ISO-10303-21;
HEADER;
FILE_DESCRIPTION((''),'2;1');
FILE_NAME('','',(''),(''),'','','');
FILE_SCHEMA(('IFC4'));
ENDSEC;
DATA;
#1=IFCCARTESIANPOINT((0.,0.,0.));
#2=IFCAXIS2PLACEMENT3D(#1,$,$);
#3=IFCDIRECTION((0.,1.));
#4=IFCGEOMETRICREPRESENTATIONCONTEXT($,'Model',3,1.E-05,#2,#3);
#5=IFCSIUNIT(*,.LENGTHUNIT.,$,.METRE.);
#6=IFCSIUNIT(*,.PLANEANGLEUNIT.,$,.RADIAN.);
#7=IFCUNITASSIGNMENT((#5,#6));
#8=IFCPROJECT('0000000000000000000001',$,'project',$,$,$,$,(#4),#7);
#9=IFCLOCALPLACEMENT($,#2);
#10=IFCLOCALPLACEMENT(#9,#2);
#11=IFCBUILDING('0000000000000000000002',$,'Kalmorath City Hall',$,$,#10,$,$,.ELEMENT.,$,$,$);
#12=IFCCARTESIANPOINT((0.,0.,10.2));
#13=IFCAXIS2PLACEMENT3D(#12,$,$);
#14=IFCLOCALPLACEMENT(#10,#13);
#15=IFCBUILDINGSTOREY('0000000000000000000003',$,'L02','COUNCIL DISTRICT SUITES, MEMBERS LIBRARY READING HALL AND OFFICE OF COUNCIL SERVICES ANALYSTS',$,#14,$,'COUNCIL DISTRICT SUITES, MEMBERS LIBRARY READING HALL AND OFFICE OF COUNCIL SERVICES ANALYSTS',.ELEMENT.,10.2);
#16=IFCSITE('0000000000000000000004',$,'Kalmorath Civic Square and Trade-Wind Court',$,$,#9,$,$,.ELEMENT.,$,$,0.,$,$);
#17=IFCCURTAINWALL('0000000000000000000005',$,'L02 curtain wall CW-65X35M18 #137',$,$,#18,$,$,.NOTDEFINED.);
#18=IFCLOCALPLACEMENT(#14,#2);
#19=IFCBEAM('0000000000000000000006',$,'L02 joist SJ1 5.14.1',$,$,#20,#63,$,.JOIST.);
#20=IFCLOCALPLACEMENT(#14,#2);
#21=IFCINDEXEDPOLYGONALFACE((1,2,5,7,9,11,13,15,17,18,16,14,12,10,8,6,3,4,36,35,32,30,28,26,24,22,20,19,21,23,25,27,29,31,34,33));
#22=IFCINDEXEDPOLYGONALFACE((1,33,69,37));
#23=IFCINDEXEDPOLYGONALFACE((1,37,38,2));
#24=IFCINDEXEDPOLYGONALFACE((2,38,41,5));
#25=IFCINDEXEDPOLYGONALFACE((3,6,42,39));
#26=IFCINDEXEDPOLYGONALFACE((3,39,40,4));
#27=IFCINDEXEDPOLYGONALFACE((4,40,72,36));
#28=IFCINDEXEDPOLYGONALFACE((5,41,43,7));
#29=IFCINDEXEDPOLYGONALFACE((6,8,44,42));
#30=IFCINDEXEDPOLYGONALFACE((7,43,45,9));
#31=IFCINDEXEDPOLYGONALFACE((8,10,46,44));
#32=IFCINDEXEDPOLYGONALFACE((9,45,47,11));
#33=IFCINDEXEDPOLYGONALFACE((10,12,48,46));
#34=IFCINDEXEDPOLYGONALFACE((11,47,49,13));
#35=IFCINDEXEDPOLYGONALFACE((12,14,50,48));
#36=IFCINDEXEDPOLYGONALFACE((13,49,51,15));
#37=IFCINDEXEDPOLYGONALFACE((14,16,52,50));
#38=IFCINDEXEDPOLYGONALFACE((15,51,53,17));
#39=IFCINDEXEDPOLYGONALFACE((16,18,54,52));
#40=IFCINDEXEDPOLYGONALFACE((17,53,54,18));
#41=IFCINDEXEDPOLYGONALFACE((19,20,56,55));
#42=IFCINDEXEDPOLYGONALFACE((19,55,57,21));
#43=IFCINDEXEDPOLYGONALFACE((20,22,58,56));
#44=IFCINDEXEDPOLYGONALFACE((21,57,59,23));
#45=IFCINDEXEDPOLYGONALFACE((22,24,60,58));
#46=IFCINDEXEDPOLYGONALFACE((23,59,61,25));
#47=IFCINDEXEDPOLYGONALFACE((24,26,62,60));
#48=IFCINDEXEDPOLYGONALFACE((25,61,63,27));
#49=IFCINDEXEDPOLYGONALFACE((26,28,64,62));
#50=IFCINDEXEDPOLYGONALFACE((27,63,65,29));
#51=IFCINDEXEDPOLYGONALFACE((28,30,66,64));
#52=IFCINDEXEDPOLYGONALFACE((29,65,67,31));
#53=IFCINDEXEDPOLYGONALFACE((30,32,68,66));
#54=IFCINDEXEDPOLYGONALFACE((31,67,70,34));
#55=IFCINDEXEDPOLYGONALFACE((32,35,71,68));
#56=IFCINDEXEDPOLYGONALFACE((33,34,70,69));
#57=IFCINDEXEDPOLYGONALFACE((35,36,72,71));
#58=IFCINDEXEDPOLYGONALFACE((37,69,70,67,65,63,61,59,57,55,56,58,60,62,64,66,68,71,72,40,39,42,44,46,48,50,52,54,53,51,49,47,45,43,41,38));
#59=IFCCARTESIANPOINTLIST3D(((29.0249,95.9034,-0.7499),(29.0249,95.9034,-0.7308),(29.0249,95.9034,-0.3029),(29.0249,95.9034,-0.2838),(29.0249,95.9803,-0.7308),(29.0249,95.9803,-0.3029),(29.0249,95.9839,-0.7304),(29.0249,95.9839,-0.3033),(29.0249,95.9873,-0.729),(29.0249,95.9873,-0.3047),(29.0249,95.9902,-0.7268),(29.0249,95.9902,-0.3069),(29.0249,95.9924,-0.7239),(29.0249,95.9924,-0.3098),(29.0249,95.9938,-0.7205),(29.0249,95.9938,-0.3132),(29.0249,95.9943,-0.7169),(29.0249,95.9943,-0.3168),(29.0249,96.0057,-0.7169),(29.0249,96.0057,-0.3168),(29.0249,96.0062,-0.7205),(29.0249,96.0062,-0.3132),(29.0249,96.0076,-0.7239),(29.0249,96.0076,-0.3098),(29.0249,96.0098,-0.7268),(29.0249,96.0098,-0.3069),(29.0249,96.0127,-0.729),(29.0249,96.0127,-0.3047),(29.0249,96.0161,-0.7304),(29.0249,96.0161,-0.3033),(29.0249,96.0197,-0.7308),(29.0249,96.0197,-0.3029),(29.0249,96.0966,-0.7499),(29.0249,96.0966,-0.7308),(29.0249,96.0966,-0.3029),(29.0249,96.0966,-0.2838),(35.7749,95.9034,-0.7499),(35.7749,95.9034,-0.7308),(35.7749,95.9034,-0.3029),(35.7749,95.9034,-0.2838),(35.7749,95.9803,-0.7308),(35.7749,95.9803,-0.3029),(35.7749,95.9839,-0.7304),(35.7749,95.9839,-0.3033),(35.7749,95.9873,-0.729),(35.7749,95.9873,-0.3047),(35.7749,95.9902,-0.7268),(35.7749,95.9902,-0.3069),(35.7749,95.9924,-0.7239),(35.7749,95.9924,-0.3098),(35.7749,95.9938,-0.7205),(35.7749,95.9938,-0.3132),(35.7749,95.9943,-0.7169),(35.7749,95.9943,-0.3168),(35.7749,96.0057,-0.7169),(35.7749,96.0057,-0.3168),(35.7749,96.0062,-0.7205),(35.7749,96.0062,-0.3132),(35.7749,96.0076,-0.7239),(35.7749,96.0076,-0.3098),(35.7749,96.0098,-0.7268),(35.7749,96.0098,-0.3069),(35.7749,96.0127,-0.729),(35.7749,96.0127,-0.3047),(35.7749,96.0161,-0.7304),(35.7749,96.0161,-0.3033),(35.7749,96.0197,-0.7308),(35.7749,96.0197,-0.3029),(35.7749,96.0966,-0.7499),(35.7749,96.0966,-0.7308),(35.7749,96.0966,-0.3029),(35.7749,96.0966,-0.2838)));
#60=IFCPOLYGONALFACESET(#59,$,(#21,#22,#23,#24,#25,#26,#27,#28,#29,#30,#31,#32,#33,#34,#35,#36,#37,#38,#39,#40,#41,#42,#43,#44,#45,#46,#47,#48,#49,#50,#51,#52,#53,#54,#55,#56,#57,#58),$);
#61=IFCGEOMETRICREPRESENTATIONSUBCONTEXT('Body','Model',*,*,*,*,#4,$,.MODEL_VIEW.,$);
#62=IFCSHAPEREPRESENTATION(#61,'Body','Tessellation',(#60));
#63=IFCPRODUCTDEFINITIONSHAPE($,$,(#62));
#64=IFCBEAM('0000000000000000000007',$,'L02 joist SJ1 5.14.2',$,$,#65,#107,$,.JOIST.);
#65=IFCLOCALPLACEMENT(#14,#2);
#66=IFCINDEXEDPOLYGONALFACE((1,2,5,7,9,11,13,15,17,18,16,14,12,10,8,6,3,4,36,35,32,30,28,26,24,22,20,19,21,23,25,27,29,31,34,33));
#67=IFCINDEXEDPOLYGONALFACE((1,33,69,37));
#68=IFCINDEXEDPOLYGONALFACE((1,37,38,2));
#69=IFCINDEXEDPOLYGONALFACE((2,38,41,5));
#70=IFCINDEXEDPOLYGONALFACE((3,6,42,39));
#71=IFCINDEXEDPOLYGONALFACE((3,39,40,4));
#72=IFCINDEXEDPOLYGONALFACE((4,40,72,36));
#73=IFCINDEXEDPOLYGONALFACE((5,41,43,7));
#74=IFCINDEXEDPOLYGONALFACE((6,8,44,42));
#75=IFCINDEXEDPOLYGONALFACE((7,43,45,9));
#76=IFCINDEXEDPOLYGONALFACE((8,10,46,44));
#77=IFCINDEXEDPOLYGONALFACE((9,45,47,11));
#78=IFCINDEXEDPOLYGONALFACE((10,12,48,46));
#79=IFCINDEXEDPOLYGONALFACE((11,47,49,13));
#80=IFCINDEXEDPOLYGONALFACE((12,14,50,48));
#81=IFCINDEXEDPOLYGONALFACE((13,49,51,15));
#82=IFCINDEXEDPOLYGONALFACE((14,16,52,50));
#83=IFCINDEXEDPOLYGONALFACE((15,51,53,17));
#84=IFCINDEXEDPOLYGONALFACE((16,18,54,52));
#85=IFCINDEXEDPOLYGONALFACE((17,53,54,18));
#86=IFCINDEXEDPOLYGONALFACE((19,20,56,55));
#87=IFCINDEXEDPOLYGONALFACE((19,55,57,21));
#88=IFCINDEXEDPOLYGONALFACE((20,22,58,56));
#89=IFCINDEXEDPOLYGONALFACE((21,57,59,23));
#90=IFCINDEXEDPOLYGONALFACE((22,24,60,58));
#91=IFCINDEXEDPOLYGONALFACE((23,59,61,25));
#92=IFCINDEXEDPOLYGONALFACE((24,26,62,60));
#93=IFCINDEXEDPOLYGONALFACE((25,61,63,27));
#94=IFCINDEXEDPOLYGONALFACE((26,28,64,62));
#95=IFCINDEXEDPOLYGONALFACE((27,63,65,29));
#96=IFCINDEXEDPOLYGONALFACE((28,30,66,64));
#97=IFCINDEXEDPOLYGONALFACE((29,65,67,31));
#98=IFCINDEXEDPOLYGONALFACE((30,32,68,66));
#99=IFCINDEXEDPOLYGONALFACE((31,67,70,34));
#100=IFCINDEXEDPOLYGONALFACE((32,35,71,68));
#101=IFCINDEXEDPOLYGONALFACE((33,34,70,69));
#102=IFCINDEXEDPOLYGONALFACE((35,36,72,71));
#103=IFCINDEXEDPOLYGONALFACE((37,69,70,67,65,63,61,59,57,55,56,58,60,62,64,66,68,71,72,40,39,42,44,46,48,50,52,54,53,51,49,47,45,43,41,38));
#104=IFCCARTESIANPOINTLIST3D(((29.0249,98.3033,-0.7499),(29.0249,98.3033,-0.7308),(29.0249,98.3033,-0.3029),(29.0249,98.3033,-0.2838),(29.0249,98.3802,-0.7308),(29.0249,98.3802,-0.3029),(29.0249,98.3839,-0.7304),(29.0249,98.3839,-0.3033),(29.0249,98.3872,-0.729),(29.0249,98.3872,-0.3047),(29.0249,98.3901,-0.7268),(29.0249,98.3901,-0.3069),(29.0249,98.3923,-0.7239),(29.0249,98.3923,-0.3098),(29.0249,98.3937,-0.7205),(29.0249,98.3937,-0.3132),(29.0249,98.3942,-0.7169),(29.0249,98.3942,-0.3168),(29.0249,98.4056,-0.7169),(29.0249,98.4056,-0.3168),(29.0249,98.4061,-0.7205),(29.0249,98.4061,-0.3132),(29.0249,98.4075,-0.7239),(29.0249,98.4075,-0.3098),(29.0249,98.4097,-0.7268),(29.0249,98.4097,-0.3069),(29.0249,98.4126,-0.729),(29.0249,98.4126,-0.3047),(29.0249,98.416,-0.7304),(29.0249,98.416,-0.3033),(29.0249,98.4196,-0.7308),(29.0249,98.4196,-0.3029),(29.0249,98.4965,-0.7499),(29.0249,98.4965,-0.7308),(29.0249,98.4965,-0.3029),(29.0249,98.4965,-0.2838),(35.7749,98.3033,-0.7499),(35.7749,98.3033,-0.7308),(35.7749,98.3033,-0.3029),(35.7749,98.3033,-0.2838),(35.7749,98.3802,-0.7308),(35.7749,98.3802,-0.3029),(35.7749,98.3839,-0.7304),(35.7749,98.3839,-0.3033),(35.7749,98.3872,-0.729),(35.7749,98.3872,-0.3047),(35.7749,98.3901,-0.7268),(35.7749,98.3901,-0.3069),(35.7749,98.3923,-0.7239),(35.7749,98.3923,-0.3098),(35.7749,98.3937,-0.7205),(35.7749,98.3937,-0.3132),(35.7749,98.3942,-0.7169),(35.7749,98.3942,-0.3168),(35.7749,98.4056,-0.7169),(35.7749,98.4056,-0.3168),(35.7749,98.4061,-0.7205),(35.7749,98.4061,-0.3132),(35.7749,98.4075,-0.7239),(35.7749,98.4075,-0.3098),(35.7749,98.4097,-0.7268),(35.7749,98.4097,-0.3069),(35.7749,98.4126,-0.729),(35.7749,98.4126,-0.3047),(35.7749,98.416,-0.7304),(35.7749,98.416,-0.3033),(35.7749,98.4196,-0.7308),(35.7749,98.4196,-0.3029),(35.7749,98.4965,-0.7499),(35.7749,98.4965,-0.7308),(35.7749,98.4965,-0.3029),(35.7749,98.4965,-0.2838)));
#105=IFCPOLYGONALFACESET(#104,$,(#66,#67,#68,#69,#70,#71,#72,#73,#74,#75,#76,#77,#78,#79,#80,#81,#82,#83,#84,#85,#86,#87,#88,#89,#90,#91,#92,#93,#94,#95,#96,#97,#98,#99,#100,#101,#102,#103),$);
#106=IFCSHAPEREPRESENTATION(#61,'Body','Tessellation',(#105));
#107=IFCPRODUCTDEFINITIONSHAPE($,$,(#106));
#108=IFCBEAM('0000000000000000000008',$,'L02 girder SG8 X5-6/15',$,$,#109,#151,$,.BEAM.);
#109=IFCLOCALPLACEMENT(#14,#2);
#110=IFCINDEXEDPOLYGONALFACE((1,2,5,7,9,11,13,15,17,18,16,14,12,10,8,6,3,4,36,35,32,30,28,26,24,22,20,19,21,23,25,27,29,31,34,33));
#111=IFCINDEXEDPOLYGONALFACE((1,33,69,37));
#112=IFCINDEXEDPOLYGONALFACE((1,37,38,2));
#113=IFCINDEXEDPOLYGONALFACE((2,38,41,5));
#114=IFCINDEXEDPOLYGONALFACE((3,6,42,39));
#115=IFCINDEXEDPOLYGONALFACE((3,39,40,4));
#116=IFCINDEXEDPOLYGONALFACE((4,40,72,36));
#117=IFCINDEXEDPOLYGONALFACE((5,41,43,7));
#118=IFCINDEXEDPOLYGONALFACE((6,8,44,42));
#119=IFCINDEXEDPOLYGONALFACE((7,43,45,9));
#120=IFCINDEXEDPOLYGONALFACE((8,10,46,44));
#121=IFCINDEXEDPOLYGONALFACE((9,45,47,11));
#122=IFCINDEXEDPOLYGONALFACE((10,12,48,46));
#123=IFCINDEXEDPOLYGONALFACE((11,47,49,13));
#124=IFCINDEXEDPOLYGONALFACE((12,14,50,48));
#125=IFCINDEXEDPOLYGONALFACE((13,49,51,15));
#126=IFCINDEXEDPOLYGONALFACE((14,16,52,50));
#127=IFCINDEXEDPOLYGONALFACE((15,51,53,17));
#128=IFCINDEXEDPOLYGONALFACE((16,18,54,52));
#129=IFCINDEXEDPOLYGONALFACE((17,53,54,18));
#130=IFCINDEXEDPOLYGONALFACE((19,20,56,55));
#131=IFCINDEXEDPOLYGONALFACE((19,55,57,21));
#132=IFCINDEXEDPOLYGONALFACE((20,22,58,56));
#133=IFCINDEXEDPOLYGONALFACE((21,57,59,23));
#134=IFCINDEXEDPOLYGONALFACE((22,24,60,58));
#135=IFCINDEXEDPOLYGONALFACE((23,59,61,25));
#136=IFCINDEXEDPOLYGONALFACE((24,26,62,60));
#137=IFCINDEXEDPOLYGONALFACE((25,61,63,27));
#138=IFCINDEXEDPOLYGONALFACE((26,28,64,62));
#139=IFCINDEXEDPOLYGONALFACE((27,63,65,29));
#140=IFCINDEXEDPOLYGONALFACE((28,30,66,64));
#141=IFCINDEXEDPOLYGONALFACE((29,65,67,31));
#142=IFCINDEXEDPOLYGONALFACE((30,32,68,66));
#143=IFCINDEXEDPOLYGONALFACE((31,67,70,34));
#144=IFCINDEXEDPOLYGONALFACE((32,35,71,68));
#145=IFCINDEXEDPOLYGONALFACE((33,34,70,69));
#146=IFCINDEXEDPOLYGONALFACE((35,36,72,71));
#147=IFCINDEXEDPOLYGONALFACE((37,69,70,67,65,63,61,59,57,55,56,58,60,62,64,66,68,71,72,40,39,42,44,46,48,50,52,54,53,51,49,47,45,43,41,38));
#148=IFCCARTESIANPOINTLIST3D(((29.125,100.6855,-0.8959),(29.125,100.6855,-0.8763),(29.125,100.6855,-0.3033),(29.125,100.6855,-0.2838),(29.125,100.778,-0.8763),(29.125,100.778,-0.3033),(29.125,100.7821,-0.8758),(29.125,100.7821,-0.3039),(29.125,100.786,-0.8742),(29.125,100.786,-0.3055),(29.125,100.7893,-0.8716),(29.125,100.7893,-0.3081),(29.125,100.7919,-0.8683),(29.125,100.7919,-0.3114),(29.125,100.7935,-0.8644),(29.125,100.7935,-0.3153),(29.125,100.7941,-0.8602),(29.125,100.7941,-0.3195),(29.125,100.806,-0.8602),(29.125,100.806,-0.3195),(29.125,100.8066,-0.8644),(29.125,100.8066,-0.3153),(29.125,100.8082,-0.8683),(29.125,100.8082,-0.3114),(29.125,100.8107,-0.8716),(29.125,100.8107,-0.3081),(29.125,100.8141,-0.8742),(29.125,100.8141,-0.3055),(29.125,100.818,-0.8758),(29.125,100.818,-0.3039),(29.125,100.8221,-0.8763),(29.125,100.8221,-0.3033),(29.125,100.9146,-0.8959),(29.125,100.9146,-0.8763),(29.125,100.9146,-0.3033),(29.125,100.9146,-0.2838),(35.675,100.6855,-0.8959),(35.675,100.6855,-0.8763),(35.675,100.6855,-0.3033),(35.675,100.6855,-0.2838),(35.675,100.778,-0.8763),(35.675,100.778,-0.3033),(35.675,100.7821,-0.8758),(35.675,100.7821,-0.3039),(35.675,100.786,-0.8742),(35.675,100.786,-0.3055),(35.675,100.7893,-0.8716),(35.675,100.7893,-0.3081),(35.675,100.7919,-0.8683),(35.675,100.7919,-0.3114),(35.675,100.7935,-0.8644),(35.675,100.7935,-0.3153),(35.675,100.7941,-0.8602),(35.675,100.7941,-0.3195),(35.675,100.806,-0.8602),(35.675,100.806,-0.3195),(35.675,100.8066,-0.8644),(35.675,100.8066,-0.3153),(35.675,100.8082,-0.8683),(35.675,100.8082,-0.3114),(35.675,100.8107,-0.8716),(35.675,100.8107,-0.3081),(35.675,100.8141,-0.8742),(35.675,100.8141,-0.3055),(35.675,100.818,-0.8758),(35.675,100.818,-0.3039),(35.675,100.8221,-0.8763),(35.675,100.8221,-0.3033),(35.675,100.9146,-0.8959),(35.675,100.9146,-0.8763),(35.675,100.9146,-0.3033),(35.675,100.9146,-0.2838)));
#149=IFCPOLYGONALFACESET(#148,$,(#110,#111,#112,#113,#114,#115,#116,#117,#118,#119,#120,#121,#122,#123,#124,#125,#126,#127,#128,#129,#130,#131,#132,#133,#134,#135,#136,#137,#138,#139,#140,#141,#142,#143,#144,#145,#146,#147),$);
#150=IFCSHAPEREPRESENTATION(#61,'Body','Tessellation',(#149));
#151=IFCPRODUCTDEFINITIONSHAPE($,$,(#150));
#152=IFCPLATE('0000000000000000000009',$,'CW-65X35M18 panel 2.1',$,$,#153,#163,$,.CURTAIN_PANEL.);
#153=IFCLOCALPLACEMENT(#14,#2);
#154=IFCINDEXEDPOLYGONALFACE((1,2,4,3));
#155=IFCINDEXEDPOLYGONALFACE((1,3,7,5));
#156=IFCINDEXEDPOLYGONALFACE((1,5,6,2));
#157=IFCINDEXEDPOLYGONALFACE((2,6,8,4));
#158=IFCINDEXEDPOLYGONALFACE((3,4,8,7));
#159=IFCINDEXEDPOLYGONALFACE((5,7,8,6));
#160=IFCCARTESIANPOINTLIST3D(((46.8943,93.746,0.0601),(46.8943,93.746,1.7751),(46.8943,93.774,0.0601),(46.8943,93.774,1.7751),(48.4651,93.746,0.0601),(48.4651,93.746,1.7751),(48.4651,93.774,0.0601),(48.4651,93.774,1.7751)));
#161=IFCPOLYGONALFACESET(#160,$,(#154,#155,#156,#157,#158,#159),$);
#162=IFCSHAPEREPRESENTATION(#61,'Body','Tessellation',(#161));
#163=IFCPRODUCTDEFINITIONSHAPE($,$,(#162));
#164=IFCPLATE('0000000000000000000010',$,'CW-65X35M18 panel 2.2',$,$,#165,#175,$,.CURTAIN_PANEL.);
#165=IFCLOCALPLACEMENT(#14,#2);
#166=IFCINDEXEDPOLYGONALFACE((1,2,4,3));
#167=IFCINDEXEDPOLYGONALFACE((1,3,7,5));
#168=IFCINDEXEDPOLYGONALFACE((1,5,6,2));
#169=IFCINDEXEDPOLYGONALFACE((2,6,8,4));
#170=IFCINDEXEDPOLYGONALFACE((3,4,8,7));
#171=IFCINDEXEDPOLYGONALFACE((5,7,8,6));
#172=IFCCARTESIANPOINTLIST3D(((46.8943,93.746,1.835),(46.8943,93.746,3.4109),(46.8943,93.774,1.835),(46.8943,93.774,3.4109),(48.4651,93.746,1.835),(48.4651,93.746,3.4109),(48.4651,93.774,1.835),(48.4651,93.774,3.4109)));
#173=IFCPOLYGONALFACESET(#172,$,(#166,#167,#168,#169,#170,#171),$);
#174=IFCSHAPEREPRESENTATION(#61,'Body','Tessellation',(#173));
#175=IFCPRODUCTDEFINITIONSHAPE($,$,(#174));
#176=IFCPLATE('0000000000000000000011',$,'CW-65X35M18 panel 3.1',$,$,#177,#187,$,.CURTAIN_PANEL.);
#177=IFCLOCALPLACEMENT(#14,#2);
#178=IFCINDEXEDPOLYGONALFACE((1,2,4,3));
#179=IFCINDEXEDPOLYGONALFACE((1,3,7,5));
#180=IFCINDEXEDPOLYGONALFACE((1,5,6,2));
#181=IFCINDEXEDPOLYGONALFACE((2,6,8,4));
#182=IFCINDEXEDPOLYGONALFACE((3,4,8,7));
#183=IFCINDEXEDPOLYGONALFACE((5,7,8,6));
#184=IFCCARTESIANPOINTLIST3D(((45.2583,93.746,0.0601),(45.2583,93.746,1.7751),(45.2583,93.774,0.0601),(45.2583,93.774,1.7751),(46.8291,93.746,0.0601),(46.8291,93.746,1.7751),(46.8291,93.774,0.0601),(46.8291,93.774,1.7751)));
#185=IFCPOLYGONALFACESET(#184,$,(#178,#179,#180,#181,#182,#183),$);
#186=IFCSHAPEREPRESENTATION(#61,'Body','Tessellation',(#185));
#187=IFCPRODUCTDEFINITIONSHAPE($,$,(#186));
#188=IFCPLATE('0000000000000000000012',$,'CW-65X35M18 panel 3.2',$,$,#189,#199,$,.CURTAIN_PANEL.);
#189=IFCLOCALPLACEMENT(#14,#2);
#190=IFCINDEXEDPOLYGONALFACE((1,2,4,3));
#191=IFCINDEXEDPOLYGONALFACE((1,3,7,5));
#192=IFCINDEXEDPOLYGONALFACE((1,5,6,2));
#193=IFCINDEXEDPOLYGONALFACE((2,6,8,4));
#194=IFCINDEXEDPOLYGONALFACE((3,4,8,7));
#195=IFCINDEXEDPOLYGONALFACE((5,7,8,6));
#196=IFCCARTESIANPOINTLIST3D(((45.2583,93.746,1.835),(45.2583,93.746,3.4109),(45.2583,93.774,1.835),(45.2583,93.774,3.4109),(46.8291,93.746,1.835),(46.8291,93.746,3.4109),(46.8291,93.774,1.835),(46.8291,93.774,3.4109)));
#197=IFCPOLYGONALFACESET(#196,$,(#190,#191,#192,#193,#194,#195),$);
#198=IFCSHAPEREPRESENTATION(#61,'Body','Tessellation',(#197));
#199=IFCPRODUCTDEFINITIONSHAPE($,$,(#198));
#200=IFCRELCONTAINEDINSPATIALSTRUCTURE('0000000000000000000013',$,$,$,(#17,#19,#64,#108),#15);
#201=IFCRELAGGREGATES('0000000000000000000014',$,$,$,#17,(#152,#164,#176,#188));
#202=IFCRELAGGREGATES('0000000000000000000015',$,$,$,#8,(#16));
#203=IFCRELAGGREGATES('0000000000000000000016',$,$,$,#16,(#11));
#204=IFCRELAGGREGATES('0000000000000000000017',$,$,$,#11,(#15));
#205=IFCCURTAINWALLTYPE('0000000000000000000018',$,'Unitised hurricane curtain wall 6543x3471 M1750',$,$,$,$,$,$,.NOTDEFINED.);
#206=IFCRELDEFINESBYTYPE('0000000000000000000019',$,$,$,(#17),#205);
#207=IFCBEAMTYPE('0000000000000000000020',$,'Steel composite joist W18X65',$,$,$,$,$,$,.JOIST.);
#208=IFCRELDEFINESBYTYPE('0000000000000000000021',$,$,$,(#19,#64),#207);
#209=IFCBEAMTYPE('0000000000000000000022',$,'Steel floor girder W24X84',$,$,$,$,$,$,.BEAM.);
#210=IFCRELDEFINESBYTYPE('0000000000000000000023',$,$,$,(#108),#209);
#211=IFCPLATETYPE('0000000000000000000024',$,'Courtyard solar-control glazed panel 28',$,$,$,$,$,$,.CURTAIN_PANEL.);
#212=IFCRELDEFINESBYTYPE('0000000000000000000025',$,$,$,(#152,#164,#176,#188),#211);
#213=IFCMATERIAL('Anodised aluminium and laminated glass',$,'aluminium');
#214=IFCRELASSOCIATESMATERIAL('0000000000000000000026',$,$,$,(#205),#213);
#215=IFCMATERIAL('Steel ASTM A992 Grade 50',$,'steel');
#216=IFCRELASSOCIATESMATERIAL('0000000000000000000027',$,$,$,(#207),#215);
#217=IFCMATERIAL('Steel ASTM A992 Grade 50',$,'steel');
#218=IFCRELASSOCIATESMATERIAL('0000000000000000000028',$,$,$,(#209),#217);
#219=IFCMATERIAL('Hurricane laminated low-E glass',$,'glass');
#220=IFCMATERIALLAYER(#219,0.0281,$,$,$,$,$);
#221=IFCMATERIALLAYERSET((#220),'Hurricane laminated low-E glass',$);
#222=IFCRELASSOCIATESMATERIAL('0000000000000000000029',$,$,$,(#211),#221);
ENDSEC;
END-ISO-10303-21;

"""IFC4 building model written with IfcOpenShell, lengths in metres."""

from ifc_helpers import new_model, si_unit, direction, frame, origin, origin_2d, place, context, subcontext, project, spatial, rectangle, i_section, extrude, material, layer, layer_set, material_profile, profile_set, type_object, element, aggregate, save


model = new_model("IFC4")

# Units and contexts
model_context = context("Model", 3, precision=1e-05, world=origin(), true_north=direction((0.0, 1.0)))
body_context = subcontext(model_context, "Body", "Model", "MODEL_VIEW")
ifc_project = project(units=[si_unit("LENGTHUNIT", "METRE"), si_unit("PLANEANGLEUNIT", "RADIAN")], contexts=[model_context])

# Site, building, storey
site_placement = place(None, origin())
site = spatial("IfcSite", under=ifc_project, at=site_placement, Name="Kalmorath Civic Square and Trade-Wind Court", CompositionType="ELEMENT", RefElevation=0.0)
building_placement = place(site_placement, origin())
building = spatial("IfcBuilding", under=site, at=building_placement, Name="Kalmorath City Hall", CompositionType="ELEMENT")
storey_placement = place(building_placement, frame((0.0, 0.0, 10.2)))
storey = spatial("IfcBuildingStorey", under=building, at=storey_placement, Name="L02", Description="COUNCIL DISTRICT SUITES, MEMBERS LIBRARY READING HALL AND OFFICE OF COUNCIL SERVICES ANALYSTS", LongName="COUNCIL DISTRICT SUITES, MEMBERS LIBRARY READING HALL AND OFFICE OF COUNCIL SERVICES ANALYSTS", CompositionType="ELEMENT", Elevation=10.2)

# Curtain wall
ifc_material_1 = material(Name="Anodised aluminium and laminated glass", Category="aluminium")
curtain_wall_type_1 = type_object("IfcCurtainWallType", Name="Unitised hurricane curtain wall 6543x3471 M1750", PredefinedType="NOTDEFINED", material=ifc_material_1)
curtain_wall_1_placement = place(storey_placement, origin())
curtain_wall_1 = element("IfcCurtainWall", 1, at=curtain_wall_1_placement, inside=storey, type_object=curtain_wall_type_1, Name="L02 curtain wall CW-65X35M18 #137", PredefinedType="NOTDEFINED")

# Beams
ifc_material_2 = material(Name="Steel ASTM A992 Grade 50", Category="steel")
ifc_material_profile_1 = material_profile(ifc_material_2, i_section(OverallWidth=0.1931, OverallDepth=0.4661, WebThickness=0.0115, FlangeThickness=0.019, FilletRadius=0.0139, at=origin_2d()), Name="W18X65")
ifc_profile_set_1 = profile_set([ifc_material_profile_1], Name="Steel ASTM A992 Grade 50")
beam_type_1 = type_object("IfcBeamType", Name="Steel composite joist W18X65", PredefinedType="JOIST", material=ifc_profile_set_1)
for number, where, z_axis, x_axis, name in (
    (2, (29.0249, 96.0, -0.5168), (1.0, 0.0, 0.0), (0.0, 1.0, 0.0), "L02 joist SJ1 5.14.1"),
    (3, (29.0249, 98.3999, -0.5168), (1.0, 0.0, 0.0), (0.0, 1.0, 0.0), "L02 joist SJ1 5.14.2"),
):
    element("IfcBeam", number, at=place(storey_placement, frame(where, z_axis=z_axis, x_axis=x_axis)), inside=storey, type_object=beam_type_1, Name=name, PredefinedType="JOIST", context=body_context, shape_type="SweptSolid", body=[
        extrude(i_section(OverallWidth=0.1931, OverallDepth=0.4661, WebThickness=0.0115, FlangeThickness=0.019, FilletRadius=0.0139, at=origin_2d()), origin(), (0.0, 0.0, 1.0), 6.75),
    ])
ifc_material_3 = material(Name="Steel ASTM A992 Grade 50", Category="steel")
ifc_material_profile_2 = material_profile(ifc_material_3, i_section(OverallWidth=0.229, OverallDepth=0.6121, WebThickness=0.012, FlangeThickness=0.0195, FilletRadius=0.0161, at=origin_2d()), Name="W24X84")
ifc_profile_set_2 = profile_set([ifc_material_profile_2], Name="Steel ASTM A992 Grade 50")
beam_type_2 = type_object("IfcBeamType", Name="Steel floor girder W24X84", PredefinedType="BEAM", material=ifc_profile_set_2)
beam_placement = place(storey_placement, frame((29.125, 100.8, -0.5898), z_axis=(1.0, 0.0, 0.0), x_axis=(0.0, 1.0, 0.0)))
element("IfcBeam", 4, at=beam_placement, inside=storey, type_object=beam_type_2, Name="L02 girder SG8 X5-6/15", PredefinedType="BEAM", context=body_context, shape_type="SweptSolid", body=[
    extrude(i_section(OverallWidth=0.229, OverallDepth=0.6121, WebThickness=0.012, FlangeThickness=0.0195, FilletRadius=0.0161, at=origin_2d()), origin(), (0.0, 0.0, 1.0), 6.55),
])

# Plates
ifc_material_4 = material(Name="Hurricane laminated low-E glass", Category="glass")
ifc_layer_1 = layer(ifc_material_4, 0.0281)
ifc_layer_set_1 = layer_set([ifc_layer_1], Name="Hurricane laminated low-E glass")
plate_type = type_object("IfcPlateType", Name="Courtyard solar-control glazed panel 28", PredefinedType="CURTAIN_PANEL", material=ifc_layer_set_1)
plate_1_placement = place(storey_placement, frame((47.6797, 93.76, 0.0601), z_axis=(0.0, 0.0, 1.0), x_axis=(-1.0, 0.0, 0.0)))
plate_1 = element("IfcPlate", 5, at=plate_1_placement, type_object=plate_type, Name="CW-65X35M18 panel 2.1", PredefinedType="CURTAIN_PANEL", context=body_context, shape_type="SweptSolid", body=[
    extrude(rectangle(XDim=1.5708, YDim=0.0281, at=origin_2d()), origin(), (0.0, 0.0, 1.0), 1.7151),
])
plate_2_placement = place(storey_placement, frame((47.6797, 93.76, 1.835), z_axis=(0.0, 0.0, 1.0), x_axis=(-1.0, 0.0, 0.0)))
plate_2 = element("IfcPlate", 6, at=plate_2_placement, type_object=plate_type, Name="CW-65X35M18 panel 2.2", PredefinedType="CURTAIN_PANEL", context=body_context, shape_type="SweptSolid", body=[
    extrude(rectangle(XDim=1.5708, YDim=0.0281, at=origin_2d()), origin(), (0.0, 0.0, 1.0), 1.5759),
])
plate_3_placement = place(storey_placement, frame((46.0437, 93.76, 0.0601), z_axis=(0.0, 0.0, 1.0), x_axis=(-1.0, 0.0, 0.0)))
plate_3 = element("IfcPlate", 7, at=plate_3_placement, type_object=plate_type, Name="CW-65X35M18 panel 3.1", PredefinedType="CURTAIN_PANEL", context=body_context, shape_type="SweptSolid", body=[
    extrude(rectangle(XDim=1.5708, YDim=0.0281, at=origin_2d()), origin(), (0.0, 0.0, 1.0), 1.7151),
])
plate_4_placement = place(storey_placement, frame((46.0437, 93.76, 1.835), z_axis=(0.0, 0.0, 1.0), x_axis=(-1.0, 0.0, 0.0)))
plate_4 = element("IfcPlate", 8, at=plate_4_placement, type_object=plate_type, Name="CW-65X35M18 panel 3.2", PredefinedType="CURTAIN_PANEL", context=body_context, shape_type="SweptSolid", body=[
    extrude(rectangle(XDim=1.5708, YDim=0.0281, at=origin_2d()), origin(), (0.0, 0.0, 1.0), 1.5759),
])
aggregate(curtain_wall_1, [plate_1, plate_2, plate_3, plate_4])

save(model, "model.ifc")
